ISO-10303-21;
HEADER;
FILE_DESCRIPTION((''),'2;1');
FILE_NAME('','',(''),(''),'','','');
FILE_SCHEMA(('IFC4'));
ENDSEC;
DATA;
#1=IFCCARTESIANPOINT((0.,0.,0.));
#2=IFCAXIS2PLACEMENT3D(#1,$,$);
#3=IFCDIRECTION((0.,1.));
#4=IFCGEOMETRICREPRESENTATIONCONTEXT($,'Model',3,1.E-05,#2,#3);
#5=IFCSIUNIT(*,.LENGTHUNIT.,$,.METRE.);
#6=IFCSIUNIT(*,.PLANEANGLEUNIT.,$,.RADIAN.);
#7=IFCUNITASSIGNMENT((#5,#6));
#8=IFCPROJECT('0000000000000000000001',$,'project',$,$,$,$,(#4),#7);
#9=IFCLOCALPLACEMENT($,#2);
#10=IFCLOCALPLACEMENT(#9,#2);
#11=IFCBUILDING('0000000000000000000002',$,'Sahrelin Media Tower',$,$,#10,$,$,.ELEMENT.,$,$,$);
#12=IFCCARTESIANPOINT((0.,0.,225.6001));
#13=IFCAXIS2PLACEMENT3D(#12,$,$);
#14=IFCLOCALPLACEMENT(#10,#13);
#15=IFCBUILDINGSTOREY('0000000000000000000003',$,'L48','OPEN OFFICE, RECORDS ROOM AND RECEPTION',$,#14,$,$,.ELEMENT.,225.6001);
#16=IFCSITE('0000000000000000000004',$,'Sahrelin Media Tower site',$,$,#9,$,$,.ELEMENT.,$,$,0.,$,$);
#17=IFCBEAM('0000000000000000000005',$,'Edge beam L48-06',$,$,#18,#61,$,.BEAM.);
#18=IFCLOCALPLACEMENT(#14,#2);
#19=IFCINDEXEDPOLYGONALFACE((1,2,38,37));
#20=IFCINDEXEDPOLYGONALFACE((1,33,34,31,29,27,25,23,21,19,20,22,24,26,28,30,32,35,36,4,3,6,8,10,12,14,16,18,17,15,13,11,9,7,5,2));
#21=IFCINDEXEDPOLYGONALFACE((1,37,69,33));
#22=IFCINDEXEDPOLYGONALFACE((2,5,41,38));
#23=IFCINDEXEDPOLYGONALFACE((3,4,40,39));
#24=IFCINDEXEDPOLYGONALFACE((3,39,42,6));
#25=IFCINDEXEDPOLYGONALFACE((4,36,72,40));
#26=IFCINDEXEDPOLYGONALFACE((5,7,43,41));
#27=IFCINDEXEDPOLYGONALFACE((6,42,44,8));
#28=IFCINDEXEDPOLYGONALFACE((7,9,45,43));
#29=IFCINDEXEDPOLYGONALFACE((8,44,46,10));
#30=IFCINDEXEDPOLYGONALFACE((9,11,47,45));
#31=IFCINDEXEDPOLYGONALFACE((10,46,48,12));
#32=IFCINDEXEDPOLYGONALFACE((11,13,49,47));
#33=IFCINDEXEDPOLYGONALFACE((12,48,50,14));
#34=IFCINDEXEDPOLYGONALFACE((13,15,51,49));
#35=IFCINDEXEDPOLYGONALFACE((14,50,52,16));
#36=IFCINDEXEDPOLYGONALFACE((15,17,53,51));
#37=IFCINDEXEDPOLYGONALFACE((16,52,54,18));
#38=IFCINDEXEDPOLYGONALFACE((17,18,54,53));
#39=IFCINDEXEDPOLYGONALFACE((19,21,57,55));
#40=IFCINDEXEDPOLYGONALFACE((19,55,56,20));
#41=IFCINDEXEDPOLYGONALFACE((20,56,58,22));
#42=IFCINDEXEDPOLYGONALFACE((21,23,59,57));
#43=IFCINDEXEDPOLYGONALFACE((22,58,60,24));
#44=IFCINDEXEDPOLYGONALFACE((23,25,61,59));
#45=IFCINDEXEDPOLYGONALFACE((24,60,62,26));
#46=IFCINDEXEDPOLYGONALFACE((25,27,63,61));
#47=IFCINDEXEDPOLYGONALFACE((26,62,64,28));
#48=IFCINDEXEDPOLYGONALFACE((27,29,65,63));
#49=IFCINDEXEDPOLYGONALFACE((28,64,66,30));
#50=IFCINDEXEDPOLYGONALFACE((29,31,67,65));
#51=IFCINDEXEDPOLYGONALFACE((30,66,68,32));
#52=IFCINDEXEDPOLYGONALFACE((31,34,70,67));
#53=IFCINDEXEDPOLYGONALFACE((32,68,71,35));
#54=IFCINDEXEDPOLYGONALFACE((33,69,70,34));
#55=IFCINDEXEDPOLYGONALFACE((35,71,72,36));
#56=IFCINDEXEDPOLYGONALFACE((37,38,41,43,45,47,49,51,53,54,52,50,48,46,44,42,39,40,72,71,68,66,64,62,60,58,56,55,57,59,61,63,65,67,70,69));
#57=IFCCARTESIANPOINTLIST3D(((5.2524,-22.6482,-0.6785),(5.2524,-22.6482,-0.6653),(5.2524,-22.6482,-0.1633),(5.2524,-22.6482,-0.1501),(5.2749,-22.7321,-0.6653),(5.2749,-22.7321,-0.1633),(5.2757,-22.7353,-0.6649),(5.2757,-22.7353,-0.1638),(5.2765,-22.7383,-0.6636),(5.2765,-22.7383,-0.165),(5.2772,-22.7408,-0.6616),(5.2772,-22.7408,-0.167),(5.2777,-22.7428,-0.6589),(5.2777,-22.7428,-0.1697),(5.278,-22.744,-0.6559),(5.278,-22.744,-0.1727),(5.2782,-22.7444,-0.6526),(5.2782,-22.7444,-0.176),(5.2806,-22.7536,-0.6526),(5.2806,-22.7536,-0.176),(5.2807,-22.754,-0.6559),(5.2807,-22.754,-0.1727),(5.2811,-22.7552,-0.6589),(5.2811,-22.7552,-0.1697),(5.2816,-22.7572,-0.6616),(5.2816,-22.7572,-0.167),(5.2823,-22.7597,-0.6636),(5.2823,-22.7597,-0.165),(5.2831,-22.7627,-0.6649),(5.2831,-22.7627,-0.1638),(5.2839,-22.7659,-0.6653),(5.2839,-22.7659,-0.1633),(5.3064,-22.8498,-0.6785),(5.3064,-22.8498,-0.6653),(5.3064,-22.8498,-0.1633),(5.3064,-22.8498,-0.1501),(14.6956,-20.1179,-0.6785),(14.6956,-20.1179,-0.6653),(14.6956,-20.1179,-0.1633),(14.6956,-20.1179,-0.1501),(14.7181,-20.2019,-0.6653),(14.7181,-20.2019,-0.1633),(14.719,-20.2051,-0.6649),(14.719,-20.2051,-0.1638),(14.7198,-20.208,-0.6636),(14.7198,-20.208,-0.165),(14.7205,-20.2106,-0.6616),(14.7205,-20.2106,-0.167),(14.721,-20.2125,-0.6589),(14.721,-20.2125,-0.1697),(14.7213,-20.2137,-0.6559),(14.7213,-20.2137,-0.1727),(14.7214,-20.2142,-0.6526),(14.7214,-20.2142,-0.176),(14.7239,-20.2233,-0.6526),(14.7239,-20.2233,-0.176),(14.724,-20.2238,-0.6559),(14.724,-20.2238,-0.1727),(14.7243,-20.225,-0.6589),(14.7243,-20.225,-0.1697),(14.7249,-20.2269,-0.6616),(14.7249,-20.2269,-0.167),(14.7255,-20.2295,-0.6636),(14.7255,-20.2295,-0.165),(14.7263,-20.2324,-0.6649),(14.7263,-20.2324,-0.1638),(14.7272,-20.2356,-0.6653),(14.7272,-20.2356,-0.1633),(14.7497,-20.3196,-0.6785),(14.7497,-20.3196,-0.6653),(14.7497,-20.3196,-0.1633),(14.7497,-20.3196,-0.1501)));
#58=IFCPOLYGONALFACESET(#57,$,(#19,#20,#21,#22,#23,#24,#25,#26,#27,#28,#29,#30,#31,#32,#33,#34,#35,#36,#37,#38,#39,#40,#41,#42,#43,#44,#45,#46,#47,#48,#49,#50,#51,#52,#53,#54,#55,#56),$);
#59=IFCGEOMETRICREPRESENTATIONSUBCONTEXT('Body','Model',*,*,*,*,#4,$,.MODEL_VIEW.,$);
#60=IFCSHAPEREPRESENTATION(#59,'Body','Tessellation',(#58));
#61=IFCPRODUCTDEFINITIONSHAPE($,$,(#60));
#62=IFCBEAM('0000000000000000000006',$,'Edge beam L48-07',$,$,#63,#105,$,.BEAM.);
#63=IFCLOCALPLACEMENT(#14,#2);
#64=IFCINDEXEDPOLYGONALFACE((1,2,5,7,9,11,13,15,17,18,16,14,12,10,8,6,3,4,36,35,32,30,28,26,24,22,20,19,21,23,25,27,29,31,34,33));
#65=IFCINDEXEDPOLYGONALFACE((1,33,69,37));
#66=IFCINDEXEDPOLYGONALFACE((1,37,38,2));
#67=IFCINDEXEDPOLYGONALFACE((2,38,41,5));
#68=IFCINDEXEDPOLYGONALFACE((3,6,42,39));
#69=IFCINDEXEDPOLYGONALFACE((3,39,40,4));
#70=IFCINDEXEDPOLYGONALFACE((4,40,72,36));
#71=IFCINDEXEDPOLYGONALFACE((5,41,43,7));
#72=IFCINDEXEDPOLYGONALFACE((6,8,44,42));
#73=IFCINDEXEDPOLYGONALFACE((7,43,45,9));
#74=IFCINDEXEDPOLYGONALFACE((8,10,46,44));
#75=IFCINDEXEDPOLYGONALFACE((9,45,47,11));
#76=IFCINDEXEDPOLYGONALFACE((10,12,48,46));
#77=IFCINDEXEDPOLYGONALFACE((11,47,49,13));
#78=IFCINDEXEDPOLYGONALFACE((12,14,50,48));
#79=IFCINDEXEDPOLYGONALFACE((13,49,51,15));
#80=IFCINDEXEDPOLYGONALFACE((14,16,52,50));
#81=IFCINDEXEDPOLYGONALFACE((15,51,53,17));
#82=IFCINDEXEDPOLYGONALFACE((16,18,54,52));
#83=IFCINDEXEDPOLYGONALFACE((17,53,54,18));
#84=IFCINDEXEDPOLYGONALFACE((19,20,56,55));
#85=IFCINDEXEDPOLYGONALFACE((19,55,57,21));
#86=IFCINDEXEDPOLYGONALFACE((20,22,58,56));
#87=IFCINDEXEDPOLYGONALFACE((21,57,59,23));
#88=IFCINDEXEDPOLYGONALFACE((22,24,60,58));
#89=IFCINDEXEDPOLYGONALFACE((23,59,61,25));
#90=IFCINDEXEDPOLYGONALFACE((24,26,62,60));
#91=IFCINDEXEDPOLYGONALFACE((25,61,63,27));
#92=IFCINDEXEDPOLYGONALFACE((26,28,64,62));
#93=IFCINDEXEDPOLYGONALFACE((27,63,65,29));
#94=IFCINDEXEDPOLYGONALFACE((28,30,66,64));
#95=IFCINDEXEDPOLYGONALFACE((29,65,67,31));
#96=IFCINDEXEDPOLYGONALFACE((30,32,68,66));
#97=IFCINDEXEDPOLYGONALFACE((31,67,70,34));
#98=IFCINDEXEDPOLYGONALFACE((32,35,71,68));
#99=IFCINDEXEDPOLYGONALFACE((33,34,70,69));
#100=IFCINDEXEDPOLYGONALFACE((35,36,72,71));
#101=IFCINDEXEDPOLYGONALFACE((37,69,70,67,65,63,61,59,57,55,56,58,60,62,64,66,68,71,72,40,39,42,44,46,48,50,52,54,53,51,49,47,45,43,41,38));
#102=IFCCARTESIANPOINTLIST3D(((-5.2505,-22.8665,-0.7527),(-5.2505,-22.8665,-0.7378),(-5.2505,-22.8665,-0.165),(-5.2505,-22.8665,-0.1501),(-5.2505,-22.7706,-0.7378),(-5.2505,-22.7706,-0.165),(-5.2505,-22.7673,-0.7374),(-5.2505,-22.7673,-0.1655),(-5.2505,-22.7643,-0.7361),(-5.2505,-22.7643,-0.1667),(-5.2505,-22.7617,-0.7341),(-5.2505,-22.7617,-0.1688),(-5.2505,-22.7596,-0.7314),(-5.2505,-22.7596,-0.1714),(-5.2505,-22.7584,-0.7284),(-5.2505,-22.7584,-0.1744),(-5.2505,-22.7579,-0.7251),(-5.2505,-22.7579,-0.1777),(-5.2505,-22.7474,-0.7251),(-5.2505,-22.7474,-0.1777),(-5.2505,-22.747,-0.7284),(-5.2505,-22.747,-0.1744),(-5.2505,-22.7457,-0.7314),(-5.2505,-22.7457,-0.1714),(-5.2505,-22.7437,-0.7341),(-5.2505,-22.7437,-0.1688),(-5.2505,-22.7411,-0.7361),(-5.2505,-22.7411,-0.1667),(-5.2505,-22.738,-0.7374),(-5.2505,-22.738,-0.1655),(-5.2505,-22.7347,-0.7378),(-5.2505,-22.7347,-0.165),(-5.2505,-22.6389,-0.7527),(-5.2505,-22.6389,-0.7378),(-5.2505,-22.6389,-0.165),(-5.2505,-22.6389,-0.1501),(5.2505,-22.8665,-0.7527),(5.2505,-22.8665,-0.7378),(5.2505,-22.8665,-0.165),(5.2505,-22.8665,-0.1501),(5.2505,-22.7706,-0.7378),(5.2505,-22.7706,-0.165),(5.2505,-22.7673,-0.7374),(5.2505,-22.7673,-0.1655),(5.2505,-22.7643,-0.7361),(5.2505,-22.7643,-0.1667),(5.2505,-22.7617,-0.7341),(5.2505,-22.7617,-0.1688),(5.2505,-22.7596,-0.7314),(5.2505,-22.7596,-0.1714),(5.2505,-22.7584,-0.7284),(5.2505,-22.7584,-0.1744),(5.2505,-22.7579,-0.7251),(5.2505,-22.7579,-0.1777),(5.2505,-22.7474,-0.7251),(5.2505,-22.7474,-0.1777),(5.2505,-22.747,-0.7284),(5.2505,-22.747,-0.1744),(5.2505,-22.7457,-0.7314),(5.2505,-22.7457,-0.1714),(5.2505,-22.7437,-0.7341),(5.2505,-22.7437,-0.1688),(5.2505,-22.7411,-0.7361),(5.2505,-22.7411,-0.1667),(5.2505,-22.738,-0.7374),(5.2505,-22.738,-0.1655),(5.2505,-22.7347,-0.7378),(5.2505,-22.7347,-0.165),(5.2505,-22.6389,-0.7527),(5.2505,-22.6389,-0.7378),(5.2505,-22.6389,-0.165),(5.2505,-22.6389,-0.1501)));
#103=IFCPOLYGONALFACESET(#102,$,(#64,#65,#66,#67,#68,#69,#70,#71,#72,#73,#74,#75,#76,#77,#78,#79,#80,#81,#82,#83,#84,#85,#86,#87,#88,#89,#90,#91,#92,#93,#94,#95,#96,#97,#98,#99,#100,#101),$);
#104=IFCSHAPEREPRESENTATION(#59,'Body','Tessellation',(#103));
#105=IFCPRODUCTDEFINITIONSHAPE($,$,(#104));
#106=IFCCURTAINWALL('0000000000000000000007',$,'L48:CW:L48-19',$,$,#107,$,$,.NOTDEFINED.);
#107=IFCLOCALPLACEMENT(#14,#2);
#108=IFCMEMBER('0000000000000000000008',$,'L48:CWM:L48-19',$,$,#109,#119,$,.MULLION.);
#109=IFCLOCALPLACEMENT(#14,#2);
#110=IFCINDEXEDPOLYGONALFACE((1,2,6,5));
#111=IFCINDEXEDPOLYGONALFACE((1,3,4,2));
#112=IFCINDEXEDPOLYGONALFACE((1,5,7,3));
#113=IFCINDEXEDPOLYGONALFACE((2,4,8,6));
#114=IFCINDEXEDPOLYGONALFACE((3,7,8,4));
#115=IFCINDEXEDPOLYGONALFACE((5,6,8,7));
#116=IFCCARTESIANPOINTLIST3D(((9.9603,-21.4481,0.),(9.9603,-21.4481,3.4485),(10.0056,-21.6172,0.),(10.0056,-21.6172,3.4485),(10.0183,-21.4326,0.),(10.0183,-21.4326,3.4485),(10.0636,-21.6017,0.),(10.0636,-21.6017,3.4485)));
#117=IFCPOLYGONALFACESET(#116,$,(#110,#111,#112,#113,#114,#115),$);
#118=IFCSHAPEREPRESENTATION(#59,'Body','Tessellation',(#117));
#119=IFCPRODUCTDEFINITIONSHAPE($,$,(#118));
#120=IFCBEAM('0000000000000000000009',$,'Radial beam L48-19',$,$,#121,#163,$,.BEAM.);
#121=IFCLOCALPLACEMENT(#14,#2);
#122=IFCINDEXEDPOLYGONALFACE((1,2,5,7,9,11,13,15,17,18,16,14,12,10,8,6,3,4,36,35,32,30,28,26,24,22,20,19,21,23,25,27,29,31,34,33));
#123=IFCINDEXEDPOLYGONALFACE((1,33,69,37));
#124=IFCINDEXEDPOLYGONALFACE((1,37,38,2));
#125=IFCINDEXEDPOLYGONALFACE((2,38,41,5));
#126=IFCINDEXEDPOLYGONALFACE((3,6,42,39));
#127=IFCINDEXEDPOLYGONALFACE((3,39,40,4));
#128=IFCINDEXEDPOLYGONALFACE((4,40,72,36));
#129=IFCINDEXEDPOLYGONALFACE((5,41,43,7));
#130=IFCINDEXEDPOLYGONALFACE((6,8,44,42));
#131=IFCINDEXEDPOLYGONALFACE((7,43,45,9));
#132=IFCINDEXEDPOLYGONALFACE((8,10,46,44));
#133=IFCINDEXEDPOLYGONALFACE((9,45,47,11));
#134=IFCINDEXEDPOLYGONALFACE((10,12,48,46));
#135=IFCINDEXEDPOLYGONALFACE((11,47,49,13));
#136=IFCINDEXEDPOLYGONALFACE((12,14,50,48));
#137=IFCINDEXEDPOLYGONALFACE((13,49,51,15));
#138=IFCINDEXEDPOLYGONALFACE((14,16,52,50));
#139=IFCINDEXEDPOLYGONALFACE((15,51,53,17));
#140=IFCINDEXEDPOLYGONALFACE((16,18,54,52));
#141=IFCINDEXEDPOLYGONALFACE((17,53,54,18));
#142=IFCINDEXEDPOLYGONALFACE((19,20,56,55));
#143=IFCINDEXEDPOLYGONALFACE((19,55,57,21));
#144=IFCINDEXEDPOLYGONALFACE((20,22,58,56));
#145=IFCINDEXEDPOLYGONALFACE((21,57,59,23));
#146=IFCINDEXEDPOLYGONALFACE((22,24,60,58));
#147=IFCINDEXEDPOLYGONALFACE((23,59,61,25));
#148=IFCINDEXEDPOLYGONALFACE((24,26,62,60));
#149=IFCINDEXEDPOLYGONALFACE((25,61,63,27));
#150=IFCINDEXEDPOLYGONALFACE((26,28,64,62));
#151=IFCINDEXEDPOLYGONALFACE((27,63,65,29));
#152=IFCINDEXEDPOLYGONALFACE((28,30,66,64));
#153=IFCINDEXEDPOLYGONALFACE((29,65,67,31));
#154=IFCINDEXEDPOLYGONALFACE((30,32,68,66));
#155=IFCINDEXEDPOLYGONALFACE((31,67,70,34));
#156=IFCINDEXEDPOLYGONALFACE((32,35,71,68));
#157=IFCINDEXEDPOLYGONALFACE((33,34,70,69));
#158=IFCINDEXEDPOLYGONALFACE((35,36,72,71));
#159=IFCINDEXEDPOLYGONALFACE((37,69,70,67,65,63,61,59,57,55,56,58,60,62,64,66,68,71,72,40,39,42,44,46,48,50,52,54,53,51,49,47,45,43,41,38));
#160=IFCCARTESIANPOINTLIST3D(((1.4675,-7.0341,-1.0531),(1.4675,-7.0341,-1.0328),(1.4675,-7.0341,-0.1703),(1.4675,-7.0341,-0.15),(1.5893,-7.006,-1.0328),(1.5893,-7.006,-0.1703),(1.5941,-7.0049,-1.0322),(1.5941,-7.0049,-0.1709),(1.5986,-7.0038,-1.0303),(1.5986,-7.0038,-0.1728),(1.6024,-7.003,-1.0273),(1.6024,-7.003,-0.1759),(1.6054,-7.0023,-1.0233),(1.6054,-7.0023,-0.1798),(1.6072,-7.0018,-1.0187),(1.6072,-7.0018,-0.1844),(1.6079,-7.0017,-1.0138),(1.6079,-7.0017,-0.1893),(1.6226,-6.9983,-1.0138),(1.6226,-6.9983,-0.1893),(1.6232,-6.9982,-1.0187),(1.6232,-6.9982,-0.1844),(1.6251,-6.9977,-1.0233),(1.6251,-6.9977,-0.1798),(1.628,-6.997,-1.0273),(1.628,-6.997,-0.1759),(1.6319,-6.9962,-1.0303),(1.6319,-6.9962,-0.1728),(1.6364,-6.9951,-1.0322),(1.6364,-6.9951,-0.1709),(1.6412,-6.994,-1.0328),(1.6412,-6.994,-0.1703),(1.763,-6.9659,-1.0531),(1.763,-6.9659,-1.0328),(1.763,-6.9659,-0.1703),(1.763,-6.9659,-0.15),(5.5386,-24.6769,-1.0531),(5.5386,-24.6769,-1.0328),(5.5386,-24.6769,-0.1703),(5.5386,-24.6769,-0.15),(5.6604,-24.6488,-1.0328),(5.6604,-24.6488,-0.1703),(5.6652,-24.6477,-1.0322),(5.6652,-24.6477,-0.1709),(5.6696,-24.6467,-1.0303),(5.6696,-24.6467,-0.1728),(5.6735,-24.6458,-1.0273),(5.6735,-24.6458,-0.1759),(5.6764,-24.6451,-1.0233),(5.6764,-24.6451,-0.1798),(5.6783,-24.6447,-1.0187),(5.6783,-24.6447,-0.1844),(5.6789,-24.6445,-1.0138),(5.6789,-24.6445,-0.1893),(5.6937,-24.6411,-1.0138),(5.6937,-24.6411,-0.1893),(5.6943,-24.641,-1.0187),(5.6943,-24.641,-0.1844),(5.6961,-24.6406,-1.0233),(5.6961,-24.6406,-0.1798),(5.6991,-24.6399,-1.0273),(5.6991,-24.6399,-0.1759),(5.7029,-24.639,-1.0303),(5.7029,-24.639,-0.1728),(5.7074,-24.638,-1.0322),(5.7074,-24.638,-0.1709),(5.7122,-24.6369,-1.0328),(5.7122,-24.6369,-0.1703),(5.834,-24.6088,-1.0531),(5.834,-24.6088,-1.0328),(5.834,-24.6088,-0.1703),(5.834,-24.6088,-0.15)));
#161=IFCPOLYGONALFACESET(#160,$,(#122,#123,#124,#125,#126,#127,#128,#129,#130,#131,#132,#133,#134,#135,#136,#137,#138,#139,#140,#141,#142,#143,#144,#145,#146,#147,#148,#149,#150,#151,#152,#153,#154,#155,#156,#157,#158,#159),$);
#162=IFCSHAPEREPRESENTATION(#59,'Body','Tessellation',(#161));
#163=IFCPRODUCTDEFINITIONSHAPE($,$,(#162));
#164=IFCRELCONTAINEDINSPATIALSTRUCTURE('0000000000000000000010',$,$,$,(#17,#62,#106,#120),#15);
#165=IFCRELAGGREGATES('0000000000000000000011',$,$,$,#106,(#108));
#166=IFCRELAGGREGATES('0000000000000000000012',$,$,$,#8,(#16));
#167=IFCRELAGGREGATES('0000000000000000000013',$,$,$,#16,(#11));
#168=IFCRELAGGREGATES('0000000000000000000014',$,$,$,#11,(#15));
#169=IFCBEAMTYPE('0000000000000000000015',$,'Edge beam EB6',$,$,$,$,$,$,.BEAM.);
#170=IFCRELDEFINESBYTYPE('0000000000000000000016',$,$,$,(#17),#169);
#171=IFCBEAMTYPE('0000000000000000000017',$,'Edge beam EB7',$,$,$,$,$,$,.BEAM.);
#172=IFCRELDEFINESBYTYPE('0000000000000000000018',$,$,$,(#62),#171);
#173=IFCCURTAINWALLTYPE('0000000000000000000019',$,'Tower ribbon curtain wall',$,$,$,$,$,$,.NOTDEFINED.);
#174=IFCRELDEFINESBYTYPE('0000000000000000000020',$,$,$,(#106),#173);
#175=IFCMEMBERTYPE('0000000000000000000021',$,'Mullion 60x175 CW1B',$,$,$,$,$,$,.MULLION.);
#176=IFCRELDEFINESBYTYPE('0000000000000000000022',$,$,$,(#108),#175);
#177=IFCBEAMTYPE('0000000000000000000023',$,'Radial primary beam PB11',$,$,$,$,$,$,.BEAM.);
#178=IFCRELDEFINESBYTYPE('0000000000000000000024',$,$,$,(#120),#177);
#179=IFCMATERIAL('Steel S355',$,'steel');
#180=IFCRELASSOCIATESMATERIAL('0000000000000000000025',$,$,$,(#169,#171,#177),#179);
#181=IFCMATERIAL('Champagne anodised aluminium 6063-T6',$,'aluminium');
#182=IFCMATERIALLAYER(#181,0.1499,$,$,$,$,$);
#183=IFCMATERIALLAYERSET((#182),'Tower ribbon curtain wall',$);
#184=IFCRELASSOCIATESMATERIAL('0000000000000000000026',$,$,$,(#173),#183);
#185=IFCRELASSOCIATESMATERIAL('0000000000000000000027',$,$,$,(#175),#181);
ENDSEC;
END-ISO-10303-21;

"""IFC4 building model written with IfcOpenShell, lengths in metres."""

from ifc_helpers import new_model, si_unit, direction, frame, origin, origin_2d, place, context, subcontext, project, spatial, rectangle, i_section, extrude, material, layer, layer_set, material_profile, profile_set, type_object, element, aggregate, save


model = new_model("IFC4")

# Units and contexts
model_context = context("Model", 3, precision=1e-05, world=origin(), true_north=direction((0.0, 1.0)))
body_context = subcontext(model_context, "Body", "Model", "MODEL_VIEW")
ifc_project = project(units=[si_unit("LENGTHUNIT", "METRE"), si_unit("PLANEANGLEUNIT", "RADIAN")], contexts=[model_context])

# Site, building, storey
site_placement = place(None, origin())
site = spatial("IfcSite", under=ifc_project, at=site_placement, Name="Sahrelin Media Tower site", CompositionType="ELEMENT", RefElevation=0.0)
building_placement = place(site_placement, origin())
building = spatial("IfcBuilding", under=site, at=building_placement, Name="Sahrelin Media Tower", CompositionType="ELEMENT")
storey_placement = place(building_placement, frame((0.0, 0.0, 225.6001)))
storey = spatial("IfcBuildingStorey", under=building, at=storey_placement, Name="L48", Description="OPEN OFFICE, RECORDS ROOM AND RECEPTION", CompositionType="ELEMENT", Elevation=225.6001)

# Beams
ifc_material_1 = material(Name="Steel S355", Category="steel")
ifc_material_profile_1 = material_profile(ifc_material_1, i_section(OverallWidth=0.2087, OverallDepth=0.5283, WebThickness=0.0095, FlangeThickness=0.0132, FilletRadius=0.0127, at=origin_2d()), Name="UB 533x210x82")
ifc_profile_set_1 = profile_set([ifc_material_profile_1], Name="Steel S355")
beam_type_1 = type_object("IfcBeamType", Name="Edge beam EB6", PredefinedType="BEAM", material=ifc_profile_set_1)
beam_1_placement = place(storey_placement, frame((14.7227, -20.2188, -0.4143), z_axis=(-0.965928, -0.258813, 0.0), x_axis=(0.258813, -0.965928, 0.0)))
element("IfcBeam", 1, at=beam_1_placement, inside=storey, type_object=beam_type_1, Name="Edge beam L48-06", PredefinedType="BEAM", context=body_context, shape_type="SweptSolid", body=[
    extrude(i_section(OverallWidth=0.2087, OverallDepth=0.5283, WebThickness=0.0095, FlangeThickness=0.0132, FilletRadius=0.0127, at=origin_2d()), origin(), (0.0, 0.0, 1.0), 9.7764),
])
ifc_material_profile_2 = material_profile(ifc_material_1, i_section(OverallWidth=0.2275, OverallDepth=0.6025, WebThickness=0.0105, FlangeThickness=0.0149, FilletRadius=0.0127, at=origin_2d()), Name="UB 610x229x101")
ifc_profile_set_2 = profile_set([ifc_material_profile_2], Name="Steel S355")
beam_type_2 = type_object("IfcBeamType", Name="Edge beam EB7", PredefinedType="BEAM", material=ifc_profile_set_2)
beam_2_placement = place(storey_placement, frame((5.2505, -22.7527, -0.4514), z_axis=(-1.0, 0.0, 0.0), x_axis=(0.0, -1.0, 0.0)))
element("IfcBeam", 2, at=beam_2_placement, inside=storey, type_object=beam_type_2, Name="Edge beam L48-07", PredefinedType="BEAM", context=body_context, shape_type="SweptSolid", body=[
    extrude(i_section(OverallWidth=0.2275, OverallDepth=0.6025, WebThickness=0.0105, FlangeThickness=0.0149, FilletRadius=0.0127, at=origin_2d()), origin(), (0.0, 0.0, 1.0), 10.501),
])

# Curtain wall, member
ifc_material_2 = material(Name="Champagne anodised aluminium 6063-T6", Category="aluminium")
ifc_layer_1 = layer(ifc_material_2, 0.1499)
ifc_layer_set_1 = layer_set([ifc_layer_1], Name="Tower ribbon curtain wall")
curtain_wall_type = type_object("IfcCurtainWallType", Name="Tower ribbon curtain wall", PredefinedType="NOTDEFINED", material=ifc_layer_set_1)
curtain_wall_placement = place(storey_placement, frame((10.0398, -21.6287, 0.0), z_axis=(0.0, 0.0, 1.0), x_axis=(1.0, 0.0, 0.0)))
curtain_wall = element("IfcCurtainWall", 3, at=curtain_wall_placement, inside=storey, type_object=curtain_wall_type, Name="L48:CW:L48-19", PredefinedType="NOTDEFINED")
ifc_material_profile_3 = material_profile(ifc_material_2, rectangle(XDim=0.0601, YDim=0.175, at=origin_2d()), Name="Mullion 60x175")
ifc_profile_set_3 = profile_set([ifc_material_profile_3], Name="Champagne anodised aluminium 6063-T6")
member_type_1 = type_object("IfcMemberType", Name="Mullion 60x175 CW1B", PredefinedType="MULLION", material=ifc_profile_set_3)
member_1_placement = place(storey_placement, frame((10.012, -21.5249, 0.0), z_axis=(0.0, 0.0, 1.0), x_axis=(0.965926, 0.258817, 0.0)))
member_1 = element("IfcMember", 4, at=member_1_placement, type_object=member_type_1, Name="L48:CWM:L48-19", PredefinedType="MULLION", context=body_context, shape_type="SweptSolid", body=[
    extrude(rectangle(XDim=0.0601, YDim=0.175, at=origin_2d()), origin(), (0.0, 0.0, 1.0), 3.4485),
])

# Beam
ifc_material_profile_4 = material_profile(ifc_material_1, i_section(OverallWidth=0.3032, OverallDepth=0.9031, WebThickness=0.0151, FlangeThickness=0.0203, FilletRadius=0.019, at=origin_2d()), Name="UB 914x305x201")
ifc_profile_set_4 = profile_set([ifc_material_profile_4], Name="Steel S355")
beam_type_3 = type_object("IfcBeamType", Name="Radial primary beam PB11", PredefinedType="BEAM", material=ifc_profile_set_4)
beam_3_placement = place(storey_placement, frame((1.6152, -7.0, -0.6016), z_axis=(0.22484, -0.974396, 0.0), x_axis=(0.974396, 0.22484, 0.0)))
element("IfcBeam", 5, at=beam_3_placement, inside=storey, type_object=beam_type_3, Name="Radial beam L48-19", PredefinedType="BEAM", context=body_context, shape_type="SweptSolid", body=[
    extrude(i_section(OverallWidth=0.3032, OverallDepth=0.9031, WebThickness=0.0151, FlangeThickness=0.0203, FilletRadius=0.019, at=origin_2d()), origin(), (0.0, 0.0, 1.0), 18.1064),
])

aggregate(curtain_wall, [member_1])

save(model, "model.ifc")
